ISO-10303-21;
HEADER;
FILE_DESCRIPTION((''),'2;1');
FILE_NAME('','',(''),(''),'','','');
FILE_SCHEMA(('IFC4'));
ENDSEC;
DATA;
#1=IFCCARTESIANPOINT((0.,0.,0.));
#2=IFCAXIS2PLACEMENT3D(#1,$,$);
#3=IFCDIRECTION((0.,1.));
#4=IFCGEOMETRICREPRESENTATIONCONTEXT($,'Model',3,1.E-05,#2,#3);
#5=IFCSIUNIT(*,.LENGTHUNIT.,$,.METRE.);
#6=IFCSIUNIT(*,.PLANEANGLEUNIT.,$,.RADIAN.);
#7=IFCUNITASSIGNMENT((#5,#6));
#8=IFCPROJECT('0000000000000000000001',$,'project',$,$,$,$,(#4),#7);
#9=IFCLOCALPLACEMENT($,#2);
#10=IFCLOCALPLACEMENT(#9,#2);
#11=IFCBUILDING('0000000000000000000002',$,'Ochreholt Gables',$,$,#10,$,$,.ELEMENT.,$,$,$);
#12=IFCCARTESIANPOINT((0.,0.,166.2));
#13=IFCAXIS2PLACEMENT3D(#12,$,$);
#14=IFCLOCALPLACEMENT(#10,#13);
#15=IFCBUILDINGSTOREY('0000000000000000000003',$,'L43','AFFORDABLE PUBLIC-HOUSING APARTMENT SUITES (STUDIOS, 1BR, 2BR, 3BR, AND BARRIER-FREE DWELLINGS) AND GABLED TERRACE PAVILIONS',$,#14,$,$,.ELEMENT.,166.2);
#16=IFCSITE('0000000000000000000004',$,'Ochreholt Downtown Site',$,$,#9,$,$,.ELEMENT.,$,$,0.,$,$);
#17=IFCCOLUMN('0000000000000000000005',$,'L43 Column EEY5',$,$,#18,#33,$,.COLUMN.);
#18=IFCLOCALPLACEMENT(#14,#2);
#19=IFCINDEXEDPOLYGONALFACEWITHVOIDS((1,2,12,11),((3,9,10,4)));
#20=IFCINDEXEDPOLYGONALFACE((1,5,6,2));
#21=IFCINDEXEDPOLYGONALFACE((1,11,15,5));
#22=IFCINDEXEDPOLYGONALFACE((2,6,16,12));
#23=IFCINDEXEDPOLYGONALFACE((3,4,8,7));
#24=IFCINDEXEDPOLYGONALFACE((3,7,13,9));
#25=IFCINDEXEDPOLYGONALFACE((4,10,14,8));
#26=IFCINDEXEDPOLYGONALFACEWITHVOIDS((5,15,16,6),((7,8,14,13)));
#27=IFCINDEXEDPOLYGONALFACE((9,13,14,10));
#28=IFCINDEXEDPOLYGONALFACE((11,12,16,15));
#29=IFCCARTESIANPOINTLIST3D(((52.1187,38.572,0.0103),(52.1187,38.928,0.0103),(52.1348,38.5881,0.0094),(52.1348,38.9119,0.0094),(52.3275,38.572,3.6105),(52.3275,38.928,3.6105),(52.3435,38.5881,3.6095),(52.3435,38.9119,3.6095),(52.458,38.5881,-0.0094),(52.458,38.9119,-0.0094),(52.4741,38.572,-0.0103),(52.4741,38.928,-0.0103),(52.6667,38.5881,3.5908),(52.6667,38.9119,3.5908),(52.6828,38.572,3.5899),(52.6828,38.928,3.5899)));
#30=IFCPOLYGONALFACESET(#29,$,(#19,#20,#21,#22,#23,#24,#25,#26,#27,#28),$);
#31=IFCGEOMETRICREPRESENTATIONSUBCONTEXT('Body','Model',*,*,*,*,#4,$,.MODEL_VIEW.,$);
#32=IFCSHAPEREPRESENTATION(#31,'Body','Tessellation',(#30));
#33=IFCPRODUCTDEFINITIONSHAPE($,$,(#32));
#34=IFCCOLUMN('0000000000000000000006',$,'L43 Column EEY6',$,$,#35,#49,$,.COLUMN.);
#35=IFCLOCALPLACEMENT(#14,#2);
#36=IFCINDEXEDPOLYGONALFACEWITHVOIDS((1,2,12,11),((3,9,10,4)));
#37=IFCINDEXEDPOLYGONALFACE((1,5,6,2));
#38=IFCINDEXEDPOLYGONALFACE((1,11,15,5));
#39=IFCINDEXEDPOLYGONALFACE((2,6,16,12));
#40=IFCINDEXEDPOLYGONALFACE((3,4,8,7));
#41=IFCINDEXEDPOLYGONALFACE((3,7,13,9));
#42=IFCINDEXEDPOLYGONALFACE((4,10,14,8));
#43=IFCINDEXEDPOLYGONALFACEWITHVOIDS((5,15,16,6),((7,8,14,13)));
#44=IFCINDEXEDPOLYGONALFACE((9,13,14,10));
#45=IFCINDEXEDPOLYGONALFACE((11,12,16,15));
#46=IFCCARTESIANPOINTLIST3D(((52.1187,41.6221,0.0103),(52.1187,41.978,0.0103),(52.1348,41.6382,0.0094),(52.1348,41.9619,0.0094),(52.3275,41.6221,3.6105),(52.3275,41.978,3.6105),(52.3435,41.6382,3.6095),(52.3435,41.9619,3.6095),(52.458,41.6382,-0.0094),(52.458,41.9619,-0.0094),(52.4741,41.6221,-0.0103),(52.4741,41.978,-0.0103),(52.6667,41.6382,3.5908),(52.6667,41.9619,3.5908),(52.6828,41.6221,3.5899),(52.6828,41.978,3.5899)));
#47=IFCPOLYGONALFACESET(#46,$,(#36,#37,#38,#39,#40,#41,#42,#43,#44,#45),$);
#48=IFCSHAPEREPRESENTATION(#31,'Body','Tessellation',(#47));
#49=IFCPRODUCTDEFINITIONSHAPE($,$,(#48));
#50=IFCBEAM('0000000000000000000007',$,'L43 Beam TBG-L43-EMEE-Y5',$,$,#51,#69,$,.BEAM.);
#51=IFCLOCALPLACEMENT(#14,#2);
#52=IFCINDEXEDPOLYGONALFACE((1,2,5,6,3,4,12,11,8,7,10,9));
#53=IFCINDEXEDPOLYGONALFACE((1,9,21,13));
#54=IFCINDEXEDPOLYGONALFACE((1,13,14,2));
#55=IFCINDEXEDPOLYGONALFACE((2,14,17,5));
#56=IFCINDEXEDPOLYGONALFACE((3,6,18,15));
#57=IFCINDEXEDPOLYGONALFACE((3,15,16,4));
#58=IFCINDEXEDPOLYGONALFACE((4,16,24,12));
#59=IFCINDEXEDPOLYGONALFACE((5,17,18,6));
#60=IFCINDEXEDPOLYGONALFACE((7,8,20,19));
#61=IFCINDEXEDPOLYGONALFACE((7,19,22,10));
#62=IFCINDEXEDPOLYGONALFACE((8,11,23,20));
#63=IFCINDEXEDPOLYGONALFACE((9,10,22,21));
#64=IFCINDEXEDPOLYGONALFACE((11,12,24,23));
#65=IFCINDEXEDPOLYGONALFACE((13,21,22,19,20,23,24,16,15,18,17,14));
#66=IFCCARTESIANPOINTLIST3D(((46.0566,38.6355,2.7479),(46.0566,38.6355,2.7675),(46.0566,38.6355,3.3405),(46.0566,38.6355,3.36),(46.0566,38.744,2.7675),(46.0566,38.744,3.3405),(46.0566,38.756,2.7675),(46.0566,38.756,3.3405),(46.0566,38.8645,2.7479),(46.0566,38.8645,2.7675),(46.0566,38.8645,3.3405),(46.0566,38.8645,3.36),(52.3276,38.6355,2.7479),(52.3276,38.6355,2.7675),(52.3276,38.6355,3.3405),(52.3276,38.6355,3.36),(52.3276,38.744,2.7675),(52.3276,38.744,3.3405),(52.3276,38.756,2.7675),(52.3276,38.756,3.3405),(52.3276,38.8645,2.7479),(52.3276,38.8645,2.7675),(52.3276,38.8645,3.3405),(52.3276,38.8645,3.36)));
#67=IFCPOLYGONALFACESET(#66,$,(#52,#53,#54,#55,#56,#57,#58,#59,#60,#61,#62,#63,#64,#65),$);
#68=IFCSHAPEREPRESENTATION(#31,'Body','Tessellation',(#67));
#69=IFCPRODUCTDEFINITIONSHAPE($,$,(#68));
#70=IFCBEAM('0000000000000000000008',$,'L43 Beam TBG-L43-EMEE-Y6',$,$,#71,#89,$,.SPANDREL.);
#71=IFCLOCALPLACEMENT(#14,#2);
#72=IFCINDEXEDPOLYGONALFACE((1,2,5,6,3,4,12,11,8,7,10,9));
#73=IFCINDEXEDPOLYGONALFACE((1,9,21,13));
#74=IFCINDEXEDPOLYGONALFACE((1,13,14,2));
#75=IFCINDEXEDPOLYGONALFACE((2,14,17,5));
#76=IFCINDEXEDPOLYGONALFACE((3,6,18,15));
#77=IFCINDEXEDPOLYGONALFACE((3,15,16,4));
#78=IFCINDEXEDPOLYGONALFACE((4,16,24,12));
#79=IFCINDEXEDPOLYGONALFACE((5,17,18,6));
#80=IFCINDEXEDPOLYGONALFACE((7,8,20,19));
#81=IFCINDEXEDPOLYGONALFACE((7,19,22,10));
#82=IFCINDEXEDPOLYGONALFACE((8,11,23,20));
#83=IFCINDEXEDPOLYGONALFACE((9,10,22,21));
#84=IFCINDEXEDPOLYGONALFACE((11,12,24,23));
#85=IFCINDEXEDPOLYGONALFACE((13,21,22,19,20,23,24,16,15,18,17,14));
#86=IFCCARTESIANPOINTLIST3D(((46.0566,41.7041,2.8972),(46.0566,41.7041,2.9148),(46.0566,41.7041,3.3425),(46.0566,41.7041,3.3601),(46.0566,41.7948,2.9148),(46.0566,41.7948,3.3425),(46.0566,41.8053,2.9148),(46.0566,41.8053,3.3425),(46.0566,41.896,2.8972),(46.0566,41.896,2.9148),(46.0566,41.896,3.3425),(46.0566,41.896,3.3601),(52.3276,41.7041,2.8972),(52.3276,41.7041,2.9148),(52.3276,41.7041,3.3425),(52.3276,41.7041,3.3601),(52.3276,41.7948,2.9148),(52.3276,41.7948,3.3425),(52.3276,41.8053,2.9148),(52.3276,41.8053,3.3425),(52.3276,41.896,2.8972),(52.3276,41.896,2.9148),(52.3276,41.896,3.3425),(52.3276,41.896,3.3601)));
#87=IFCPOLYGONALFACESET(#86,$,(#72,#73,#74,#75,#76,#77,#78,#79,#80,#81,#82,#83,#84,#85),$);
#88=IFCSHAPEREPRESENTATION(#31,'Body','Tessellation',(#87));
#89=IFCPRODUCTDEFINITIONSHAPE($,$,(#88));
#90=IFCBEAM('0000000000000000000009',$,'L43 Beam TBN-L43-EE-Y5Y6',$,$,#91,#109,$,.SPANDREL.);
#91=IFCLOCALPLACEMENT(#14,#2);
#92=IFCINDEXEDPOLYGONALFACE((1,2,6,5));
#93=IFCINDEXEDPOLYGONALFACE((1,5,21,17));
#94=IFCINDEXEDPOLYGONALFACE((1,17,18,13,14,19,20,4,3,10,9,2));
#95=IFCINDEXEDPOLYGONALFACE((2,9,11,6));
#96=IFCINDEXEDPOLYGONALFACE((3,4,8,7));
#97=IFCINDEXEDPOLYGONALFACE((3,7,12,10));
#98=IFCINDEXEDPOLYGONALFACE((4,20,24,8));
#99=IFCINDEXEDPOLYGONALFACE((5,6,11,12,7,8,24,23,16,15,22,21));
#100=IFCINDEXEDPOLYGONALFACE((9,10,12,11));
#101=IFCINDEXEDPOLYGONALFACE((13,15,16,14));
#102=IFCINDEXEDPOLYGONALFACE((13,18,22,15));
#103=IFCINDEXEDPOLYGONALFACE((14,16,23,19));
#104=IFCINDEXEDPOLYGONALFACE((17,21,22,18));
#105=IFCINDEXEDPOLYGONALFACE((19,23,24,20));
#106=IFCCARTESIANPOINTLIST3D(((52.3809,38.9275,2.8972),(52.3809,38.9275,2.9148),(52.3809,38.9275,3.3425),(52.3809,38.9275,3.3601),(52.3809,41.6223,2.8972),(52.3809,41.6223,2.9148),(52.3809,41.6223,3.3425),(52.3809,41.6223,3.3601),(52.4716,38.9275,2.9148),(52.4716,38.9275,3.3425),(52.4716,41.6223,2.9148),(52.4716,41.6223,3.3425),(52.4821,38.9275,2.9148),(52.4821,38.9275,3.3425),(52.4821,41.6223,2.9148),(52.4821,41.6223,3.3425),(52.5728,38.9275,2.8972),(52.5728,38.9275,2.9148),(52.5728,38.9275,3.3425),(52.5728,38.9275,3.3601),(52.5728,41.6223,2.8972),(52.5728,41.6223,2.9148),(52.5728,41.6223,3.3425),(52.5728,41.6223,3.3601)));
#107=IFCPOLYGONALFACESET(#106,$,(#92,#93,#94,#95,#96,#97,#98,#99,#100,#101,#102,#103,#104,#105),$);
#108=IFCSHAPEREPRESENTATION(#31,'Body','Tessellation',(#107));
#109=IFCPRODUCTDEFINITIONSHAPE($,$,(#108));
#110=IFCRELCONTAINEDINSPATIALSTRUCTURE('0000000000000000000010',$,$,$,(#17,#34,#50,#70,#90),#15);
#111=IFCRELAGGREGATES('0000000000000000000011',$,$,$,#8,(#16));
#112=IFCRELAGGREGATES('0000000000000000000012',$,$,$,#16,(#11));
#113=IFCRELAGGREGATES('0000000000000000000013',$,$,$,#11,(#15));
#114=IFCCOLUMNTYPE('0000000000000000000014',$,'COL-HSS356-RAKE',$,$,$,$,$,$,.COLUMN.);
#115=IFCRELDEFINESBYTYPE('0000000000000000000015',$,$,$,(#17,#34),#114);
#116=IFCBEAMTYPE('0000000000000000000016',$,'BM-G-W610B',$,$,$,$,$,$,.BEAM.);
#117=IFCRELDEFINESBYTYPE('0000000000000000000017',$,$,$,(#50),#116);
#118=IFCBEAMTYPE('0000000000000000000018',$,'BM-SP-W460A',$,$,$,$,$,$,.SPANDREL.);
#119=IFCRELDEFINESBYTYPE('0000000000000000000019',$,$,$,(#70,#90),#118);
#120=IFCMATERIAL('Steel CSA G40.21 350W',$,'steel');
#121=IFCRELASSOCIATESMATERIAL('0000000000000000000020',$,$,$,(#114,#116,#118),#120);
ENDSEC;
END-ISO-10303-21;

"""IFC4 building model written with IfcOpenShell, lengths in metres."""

from ifc_helpers import new_model, si_unit, direction, frame, origin, origin_2d, place, context, subcontext, project, spatial, hollow_rectangle, i_section, extrude, material, material_profile, profile_set, type_object, element, save


model = new_model("IFC4")

# Units and contexts
model_context = context("Model", 3, precision=1e-05, world=origin(), true_north=direction((0.0, 1.0)))
body_context = subcontext(model_context, "Body", "Model", "MODEL_VIEW")
ifc_project = project(units=[si_unit("LENGTHUNIT", "METRE"), si_unit("PLANEANGLEUNIT", "RADIAN")], contexts=[model_context])

# Site, building, storey
site_placement = place(None, origin())
site = spatial("IfcSite", under=ifc_project, at=site_placement, Name="Ochreholt Downtown Site", CompositionType="ELEMENT", RefElevation=0.0)
building_placement = place(site_placement, origin())
building = spatial("IfcBuilding", under=site, at=building_placement, Name="Ochreholt Gables", CompositionType="ELEMENT")
storey_placement = place(building_placement, frame((0.0, 0.0, 166.2)))
storey = spatial("IfcBuildingStorey", under=building, at=storey_placement, Name="L43", Description="AFFORDABLE PUBLIC-HOUSING APARTMENT SUITES (STUDIOS, 1BR, 2BR, 3BR, AND BARRIER-FREE DWELLINGS) AND GABLED TERRACE PAVILIONS", CompositionType="ELEMENT", Elevation=166.2)

# Columns
ifc_material_1 = material(Name="Steel CSA G40.21 350W", Category="steel")
ifc_material_profile_1 = material_profile(ifc_material_1, hollow_rectangle(XDim=0.356, YDim=0.356, WallThickness=0.0161, at=origin_2d()), Name="HSS356X356X16")
ifc_profile_set_1 = profile_set([ifc_material_profile_1], Name="Steel CSA G40.21 350W")
column_type = type_object("IfcColumnType", Name="COL-HSS356-RAKE", PredefinedType="COLUMN", material=ifc_profile_set_1)
for number, where, z_axis, x_axis, name in (
    (1, (52.2964, 38.75, 0.0), (0.057885, 0.0, 0.998323), (0.0, 1.0, 0.0), "L43 Column EEY5"),
    (2, (52.2964, 41.8, 0.0), (0.057885, 0.0, 0.998323), (0.0, 1.0, 0.0), "L43 Column EEY6"),
):
    element("IfcColumn", number, at=place(storey_placement, frame(where, z_axis=z_axis, x_axis=x_axis)), inside=storey, type_object=column_type, Name=name, PredefinedType="COLUMN", context=body_context, shape_type="SweptSolid", body=[
        extrude(hollow_rectangle(XDim=0.356, YDim=0.356, WallThickness=0.0161, at=origin_2d()), origin(), (0.0, 0.0, 1.0), 3.6062),
    ])

# Beams
ifc_material_profile_2 = material_profile(ifc_material_1, i_section(OverallWidth=0.229, OverallDepth=0.6121, WebThickness=0.012, FlangeThickness=0.0195, at=origin_2d()), Name="W610X125")
ifc_profile_set_2 = profile_set([ifc_material_profile_2], Name="Steel CSA G40.21 350W")
beam_type_1 = type_object("IfcBeamType", Name="BM-G-W610B", PredefinedType="BEAM", material=ifc_profile_set_2)
beam_1_placement = place(storey_placement, frame((46.0566, 38.75, 3.054), z_axis=(1.0, 0.0, 0.0), x_axis=(0.0, 1.0, 0.0)))
element("IfcBeam", 3, at=beam_1_placement, inside=storey, type_object=beam_type_1, Name="L43 Beam TBG-L43-EMEE-Y5", PredefinedType="BEAM", context=body_context, shape_type="SweptSolid", body=[
    extrude(i_section(OverallWidth=0.229, OverallDepth=0.6121, WebThickness=0.012, FlangeThickness=0.0195, at=origin_2d()), origin(), (0.0, 0.0, 1.0), 6.271),
])
ifc_material_profile_3 = material_profile(ifc_material_1, i_section(OverallWidth=0.1919, OverallDepth=0.4629, WebThickness=0.0105, FlangeThickness=0.0176, at=origin_2d()), Name="W460X89")
ifc_profile_set_3 = profile_set([ifc_material_profile_3], Name="Steel CSA G40.21 350W")
beam_type_2 = type_object("IfcBeamType", Name="BM-SP-W460A", PredefinedType="SPANDREL", material=ifc_profile_set_3)
beam_2_placement = place(storey_placement, frame((46.0566, 41.8, 3.1287), z_axis=(1.0, 0.0, 0.0), x_axis=(0.0, 1.0, 0.0)))
element("IfcBeam", 4, at=beam_2_placement, inside=storey, type_object=beam_type_2, Name="L43 Beam TBG-L43-EMEE-Y6", PredefinedType="SPANDREL", context=body_context, shape_type="SweptSolid", body=[
    extrude(i_section(OverallWidth=0.1919, OverallDepth=0.4629, WebThickness=0.0105, FlangeThickness=0.0176, at=origin_2d()), origin(), (0.0, 0.0, 1.0), 6.271),
])
beam_3_placement = place(storey_placement, frame((52.4768, 38.9275, 3.1287), z_axis=(0.0, 1.0, 0.0), x_axis=(-1.0, 0.0, 0.0)))
element("IfcBeam", 5, at=beam_3_placement, inside=storey, type_object=beam_type_2, Name="L43 Beam TBN-L43-EE-Y5Y6", PredefinedType="SPANDREL", context=body_context, shape_type="SweptSolid", body=[
    extrude(i_section(OverallWidth=0.1919, OverallDepth=0.4629, WebThickness=0.0105, FlangeThickness=0.0176, at=origin_2d()), origin(), (0.0, 0.0, 1.0), 2.6948),
])

save(model, "model.ifc")
